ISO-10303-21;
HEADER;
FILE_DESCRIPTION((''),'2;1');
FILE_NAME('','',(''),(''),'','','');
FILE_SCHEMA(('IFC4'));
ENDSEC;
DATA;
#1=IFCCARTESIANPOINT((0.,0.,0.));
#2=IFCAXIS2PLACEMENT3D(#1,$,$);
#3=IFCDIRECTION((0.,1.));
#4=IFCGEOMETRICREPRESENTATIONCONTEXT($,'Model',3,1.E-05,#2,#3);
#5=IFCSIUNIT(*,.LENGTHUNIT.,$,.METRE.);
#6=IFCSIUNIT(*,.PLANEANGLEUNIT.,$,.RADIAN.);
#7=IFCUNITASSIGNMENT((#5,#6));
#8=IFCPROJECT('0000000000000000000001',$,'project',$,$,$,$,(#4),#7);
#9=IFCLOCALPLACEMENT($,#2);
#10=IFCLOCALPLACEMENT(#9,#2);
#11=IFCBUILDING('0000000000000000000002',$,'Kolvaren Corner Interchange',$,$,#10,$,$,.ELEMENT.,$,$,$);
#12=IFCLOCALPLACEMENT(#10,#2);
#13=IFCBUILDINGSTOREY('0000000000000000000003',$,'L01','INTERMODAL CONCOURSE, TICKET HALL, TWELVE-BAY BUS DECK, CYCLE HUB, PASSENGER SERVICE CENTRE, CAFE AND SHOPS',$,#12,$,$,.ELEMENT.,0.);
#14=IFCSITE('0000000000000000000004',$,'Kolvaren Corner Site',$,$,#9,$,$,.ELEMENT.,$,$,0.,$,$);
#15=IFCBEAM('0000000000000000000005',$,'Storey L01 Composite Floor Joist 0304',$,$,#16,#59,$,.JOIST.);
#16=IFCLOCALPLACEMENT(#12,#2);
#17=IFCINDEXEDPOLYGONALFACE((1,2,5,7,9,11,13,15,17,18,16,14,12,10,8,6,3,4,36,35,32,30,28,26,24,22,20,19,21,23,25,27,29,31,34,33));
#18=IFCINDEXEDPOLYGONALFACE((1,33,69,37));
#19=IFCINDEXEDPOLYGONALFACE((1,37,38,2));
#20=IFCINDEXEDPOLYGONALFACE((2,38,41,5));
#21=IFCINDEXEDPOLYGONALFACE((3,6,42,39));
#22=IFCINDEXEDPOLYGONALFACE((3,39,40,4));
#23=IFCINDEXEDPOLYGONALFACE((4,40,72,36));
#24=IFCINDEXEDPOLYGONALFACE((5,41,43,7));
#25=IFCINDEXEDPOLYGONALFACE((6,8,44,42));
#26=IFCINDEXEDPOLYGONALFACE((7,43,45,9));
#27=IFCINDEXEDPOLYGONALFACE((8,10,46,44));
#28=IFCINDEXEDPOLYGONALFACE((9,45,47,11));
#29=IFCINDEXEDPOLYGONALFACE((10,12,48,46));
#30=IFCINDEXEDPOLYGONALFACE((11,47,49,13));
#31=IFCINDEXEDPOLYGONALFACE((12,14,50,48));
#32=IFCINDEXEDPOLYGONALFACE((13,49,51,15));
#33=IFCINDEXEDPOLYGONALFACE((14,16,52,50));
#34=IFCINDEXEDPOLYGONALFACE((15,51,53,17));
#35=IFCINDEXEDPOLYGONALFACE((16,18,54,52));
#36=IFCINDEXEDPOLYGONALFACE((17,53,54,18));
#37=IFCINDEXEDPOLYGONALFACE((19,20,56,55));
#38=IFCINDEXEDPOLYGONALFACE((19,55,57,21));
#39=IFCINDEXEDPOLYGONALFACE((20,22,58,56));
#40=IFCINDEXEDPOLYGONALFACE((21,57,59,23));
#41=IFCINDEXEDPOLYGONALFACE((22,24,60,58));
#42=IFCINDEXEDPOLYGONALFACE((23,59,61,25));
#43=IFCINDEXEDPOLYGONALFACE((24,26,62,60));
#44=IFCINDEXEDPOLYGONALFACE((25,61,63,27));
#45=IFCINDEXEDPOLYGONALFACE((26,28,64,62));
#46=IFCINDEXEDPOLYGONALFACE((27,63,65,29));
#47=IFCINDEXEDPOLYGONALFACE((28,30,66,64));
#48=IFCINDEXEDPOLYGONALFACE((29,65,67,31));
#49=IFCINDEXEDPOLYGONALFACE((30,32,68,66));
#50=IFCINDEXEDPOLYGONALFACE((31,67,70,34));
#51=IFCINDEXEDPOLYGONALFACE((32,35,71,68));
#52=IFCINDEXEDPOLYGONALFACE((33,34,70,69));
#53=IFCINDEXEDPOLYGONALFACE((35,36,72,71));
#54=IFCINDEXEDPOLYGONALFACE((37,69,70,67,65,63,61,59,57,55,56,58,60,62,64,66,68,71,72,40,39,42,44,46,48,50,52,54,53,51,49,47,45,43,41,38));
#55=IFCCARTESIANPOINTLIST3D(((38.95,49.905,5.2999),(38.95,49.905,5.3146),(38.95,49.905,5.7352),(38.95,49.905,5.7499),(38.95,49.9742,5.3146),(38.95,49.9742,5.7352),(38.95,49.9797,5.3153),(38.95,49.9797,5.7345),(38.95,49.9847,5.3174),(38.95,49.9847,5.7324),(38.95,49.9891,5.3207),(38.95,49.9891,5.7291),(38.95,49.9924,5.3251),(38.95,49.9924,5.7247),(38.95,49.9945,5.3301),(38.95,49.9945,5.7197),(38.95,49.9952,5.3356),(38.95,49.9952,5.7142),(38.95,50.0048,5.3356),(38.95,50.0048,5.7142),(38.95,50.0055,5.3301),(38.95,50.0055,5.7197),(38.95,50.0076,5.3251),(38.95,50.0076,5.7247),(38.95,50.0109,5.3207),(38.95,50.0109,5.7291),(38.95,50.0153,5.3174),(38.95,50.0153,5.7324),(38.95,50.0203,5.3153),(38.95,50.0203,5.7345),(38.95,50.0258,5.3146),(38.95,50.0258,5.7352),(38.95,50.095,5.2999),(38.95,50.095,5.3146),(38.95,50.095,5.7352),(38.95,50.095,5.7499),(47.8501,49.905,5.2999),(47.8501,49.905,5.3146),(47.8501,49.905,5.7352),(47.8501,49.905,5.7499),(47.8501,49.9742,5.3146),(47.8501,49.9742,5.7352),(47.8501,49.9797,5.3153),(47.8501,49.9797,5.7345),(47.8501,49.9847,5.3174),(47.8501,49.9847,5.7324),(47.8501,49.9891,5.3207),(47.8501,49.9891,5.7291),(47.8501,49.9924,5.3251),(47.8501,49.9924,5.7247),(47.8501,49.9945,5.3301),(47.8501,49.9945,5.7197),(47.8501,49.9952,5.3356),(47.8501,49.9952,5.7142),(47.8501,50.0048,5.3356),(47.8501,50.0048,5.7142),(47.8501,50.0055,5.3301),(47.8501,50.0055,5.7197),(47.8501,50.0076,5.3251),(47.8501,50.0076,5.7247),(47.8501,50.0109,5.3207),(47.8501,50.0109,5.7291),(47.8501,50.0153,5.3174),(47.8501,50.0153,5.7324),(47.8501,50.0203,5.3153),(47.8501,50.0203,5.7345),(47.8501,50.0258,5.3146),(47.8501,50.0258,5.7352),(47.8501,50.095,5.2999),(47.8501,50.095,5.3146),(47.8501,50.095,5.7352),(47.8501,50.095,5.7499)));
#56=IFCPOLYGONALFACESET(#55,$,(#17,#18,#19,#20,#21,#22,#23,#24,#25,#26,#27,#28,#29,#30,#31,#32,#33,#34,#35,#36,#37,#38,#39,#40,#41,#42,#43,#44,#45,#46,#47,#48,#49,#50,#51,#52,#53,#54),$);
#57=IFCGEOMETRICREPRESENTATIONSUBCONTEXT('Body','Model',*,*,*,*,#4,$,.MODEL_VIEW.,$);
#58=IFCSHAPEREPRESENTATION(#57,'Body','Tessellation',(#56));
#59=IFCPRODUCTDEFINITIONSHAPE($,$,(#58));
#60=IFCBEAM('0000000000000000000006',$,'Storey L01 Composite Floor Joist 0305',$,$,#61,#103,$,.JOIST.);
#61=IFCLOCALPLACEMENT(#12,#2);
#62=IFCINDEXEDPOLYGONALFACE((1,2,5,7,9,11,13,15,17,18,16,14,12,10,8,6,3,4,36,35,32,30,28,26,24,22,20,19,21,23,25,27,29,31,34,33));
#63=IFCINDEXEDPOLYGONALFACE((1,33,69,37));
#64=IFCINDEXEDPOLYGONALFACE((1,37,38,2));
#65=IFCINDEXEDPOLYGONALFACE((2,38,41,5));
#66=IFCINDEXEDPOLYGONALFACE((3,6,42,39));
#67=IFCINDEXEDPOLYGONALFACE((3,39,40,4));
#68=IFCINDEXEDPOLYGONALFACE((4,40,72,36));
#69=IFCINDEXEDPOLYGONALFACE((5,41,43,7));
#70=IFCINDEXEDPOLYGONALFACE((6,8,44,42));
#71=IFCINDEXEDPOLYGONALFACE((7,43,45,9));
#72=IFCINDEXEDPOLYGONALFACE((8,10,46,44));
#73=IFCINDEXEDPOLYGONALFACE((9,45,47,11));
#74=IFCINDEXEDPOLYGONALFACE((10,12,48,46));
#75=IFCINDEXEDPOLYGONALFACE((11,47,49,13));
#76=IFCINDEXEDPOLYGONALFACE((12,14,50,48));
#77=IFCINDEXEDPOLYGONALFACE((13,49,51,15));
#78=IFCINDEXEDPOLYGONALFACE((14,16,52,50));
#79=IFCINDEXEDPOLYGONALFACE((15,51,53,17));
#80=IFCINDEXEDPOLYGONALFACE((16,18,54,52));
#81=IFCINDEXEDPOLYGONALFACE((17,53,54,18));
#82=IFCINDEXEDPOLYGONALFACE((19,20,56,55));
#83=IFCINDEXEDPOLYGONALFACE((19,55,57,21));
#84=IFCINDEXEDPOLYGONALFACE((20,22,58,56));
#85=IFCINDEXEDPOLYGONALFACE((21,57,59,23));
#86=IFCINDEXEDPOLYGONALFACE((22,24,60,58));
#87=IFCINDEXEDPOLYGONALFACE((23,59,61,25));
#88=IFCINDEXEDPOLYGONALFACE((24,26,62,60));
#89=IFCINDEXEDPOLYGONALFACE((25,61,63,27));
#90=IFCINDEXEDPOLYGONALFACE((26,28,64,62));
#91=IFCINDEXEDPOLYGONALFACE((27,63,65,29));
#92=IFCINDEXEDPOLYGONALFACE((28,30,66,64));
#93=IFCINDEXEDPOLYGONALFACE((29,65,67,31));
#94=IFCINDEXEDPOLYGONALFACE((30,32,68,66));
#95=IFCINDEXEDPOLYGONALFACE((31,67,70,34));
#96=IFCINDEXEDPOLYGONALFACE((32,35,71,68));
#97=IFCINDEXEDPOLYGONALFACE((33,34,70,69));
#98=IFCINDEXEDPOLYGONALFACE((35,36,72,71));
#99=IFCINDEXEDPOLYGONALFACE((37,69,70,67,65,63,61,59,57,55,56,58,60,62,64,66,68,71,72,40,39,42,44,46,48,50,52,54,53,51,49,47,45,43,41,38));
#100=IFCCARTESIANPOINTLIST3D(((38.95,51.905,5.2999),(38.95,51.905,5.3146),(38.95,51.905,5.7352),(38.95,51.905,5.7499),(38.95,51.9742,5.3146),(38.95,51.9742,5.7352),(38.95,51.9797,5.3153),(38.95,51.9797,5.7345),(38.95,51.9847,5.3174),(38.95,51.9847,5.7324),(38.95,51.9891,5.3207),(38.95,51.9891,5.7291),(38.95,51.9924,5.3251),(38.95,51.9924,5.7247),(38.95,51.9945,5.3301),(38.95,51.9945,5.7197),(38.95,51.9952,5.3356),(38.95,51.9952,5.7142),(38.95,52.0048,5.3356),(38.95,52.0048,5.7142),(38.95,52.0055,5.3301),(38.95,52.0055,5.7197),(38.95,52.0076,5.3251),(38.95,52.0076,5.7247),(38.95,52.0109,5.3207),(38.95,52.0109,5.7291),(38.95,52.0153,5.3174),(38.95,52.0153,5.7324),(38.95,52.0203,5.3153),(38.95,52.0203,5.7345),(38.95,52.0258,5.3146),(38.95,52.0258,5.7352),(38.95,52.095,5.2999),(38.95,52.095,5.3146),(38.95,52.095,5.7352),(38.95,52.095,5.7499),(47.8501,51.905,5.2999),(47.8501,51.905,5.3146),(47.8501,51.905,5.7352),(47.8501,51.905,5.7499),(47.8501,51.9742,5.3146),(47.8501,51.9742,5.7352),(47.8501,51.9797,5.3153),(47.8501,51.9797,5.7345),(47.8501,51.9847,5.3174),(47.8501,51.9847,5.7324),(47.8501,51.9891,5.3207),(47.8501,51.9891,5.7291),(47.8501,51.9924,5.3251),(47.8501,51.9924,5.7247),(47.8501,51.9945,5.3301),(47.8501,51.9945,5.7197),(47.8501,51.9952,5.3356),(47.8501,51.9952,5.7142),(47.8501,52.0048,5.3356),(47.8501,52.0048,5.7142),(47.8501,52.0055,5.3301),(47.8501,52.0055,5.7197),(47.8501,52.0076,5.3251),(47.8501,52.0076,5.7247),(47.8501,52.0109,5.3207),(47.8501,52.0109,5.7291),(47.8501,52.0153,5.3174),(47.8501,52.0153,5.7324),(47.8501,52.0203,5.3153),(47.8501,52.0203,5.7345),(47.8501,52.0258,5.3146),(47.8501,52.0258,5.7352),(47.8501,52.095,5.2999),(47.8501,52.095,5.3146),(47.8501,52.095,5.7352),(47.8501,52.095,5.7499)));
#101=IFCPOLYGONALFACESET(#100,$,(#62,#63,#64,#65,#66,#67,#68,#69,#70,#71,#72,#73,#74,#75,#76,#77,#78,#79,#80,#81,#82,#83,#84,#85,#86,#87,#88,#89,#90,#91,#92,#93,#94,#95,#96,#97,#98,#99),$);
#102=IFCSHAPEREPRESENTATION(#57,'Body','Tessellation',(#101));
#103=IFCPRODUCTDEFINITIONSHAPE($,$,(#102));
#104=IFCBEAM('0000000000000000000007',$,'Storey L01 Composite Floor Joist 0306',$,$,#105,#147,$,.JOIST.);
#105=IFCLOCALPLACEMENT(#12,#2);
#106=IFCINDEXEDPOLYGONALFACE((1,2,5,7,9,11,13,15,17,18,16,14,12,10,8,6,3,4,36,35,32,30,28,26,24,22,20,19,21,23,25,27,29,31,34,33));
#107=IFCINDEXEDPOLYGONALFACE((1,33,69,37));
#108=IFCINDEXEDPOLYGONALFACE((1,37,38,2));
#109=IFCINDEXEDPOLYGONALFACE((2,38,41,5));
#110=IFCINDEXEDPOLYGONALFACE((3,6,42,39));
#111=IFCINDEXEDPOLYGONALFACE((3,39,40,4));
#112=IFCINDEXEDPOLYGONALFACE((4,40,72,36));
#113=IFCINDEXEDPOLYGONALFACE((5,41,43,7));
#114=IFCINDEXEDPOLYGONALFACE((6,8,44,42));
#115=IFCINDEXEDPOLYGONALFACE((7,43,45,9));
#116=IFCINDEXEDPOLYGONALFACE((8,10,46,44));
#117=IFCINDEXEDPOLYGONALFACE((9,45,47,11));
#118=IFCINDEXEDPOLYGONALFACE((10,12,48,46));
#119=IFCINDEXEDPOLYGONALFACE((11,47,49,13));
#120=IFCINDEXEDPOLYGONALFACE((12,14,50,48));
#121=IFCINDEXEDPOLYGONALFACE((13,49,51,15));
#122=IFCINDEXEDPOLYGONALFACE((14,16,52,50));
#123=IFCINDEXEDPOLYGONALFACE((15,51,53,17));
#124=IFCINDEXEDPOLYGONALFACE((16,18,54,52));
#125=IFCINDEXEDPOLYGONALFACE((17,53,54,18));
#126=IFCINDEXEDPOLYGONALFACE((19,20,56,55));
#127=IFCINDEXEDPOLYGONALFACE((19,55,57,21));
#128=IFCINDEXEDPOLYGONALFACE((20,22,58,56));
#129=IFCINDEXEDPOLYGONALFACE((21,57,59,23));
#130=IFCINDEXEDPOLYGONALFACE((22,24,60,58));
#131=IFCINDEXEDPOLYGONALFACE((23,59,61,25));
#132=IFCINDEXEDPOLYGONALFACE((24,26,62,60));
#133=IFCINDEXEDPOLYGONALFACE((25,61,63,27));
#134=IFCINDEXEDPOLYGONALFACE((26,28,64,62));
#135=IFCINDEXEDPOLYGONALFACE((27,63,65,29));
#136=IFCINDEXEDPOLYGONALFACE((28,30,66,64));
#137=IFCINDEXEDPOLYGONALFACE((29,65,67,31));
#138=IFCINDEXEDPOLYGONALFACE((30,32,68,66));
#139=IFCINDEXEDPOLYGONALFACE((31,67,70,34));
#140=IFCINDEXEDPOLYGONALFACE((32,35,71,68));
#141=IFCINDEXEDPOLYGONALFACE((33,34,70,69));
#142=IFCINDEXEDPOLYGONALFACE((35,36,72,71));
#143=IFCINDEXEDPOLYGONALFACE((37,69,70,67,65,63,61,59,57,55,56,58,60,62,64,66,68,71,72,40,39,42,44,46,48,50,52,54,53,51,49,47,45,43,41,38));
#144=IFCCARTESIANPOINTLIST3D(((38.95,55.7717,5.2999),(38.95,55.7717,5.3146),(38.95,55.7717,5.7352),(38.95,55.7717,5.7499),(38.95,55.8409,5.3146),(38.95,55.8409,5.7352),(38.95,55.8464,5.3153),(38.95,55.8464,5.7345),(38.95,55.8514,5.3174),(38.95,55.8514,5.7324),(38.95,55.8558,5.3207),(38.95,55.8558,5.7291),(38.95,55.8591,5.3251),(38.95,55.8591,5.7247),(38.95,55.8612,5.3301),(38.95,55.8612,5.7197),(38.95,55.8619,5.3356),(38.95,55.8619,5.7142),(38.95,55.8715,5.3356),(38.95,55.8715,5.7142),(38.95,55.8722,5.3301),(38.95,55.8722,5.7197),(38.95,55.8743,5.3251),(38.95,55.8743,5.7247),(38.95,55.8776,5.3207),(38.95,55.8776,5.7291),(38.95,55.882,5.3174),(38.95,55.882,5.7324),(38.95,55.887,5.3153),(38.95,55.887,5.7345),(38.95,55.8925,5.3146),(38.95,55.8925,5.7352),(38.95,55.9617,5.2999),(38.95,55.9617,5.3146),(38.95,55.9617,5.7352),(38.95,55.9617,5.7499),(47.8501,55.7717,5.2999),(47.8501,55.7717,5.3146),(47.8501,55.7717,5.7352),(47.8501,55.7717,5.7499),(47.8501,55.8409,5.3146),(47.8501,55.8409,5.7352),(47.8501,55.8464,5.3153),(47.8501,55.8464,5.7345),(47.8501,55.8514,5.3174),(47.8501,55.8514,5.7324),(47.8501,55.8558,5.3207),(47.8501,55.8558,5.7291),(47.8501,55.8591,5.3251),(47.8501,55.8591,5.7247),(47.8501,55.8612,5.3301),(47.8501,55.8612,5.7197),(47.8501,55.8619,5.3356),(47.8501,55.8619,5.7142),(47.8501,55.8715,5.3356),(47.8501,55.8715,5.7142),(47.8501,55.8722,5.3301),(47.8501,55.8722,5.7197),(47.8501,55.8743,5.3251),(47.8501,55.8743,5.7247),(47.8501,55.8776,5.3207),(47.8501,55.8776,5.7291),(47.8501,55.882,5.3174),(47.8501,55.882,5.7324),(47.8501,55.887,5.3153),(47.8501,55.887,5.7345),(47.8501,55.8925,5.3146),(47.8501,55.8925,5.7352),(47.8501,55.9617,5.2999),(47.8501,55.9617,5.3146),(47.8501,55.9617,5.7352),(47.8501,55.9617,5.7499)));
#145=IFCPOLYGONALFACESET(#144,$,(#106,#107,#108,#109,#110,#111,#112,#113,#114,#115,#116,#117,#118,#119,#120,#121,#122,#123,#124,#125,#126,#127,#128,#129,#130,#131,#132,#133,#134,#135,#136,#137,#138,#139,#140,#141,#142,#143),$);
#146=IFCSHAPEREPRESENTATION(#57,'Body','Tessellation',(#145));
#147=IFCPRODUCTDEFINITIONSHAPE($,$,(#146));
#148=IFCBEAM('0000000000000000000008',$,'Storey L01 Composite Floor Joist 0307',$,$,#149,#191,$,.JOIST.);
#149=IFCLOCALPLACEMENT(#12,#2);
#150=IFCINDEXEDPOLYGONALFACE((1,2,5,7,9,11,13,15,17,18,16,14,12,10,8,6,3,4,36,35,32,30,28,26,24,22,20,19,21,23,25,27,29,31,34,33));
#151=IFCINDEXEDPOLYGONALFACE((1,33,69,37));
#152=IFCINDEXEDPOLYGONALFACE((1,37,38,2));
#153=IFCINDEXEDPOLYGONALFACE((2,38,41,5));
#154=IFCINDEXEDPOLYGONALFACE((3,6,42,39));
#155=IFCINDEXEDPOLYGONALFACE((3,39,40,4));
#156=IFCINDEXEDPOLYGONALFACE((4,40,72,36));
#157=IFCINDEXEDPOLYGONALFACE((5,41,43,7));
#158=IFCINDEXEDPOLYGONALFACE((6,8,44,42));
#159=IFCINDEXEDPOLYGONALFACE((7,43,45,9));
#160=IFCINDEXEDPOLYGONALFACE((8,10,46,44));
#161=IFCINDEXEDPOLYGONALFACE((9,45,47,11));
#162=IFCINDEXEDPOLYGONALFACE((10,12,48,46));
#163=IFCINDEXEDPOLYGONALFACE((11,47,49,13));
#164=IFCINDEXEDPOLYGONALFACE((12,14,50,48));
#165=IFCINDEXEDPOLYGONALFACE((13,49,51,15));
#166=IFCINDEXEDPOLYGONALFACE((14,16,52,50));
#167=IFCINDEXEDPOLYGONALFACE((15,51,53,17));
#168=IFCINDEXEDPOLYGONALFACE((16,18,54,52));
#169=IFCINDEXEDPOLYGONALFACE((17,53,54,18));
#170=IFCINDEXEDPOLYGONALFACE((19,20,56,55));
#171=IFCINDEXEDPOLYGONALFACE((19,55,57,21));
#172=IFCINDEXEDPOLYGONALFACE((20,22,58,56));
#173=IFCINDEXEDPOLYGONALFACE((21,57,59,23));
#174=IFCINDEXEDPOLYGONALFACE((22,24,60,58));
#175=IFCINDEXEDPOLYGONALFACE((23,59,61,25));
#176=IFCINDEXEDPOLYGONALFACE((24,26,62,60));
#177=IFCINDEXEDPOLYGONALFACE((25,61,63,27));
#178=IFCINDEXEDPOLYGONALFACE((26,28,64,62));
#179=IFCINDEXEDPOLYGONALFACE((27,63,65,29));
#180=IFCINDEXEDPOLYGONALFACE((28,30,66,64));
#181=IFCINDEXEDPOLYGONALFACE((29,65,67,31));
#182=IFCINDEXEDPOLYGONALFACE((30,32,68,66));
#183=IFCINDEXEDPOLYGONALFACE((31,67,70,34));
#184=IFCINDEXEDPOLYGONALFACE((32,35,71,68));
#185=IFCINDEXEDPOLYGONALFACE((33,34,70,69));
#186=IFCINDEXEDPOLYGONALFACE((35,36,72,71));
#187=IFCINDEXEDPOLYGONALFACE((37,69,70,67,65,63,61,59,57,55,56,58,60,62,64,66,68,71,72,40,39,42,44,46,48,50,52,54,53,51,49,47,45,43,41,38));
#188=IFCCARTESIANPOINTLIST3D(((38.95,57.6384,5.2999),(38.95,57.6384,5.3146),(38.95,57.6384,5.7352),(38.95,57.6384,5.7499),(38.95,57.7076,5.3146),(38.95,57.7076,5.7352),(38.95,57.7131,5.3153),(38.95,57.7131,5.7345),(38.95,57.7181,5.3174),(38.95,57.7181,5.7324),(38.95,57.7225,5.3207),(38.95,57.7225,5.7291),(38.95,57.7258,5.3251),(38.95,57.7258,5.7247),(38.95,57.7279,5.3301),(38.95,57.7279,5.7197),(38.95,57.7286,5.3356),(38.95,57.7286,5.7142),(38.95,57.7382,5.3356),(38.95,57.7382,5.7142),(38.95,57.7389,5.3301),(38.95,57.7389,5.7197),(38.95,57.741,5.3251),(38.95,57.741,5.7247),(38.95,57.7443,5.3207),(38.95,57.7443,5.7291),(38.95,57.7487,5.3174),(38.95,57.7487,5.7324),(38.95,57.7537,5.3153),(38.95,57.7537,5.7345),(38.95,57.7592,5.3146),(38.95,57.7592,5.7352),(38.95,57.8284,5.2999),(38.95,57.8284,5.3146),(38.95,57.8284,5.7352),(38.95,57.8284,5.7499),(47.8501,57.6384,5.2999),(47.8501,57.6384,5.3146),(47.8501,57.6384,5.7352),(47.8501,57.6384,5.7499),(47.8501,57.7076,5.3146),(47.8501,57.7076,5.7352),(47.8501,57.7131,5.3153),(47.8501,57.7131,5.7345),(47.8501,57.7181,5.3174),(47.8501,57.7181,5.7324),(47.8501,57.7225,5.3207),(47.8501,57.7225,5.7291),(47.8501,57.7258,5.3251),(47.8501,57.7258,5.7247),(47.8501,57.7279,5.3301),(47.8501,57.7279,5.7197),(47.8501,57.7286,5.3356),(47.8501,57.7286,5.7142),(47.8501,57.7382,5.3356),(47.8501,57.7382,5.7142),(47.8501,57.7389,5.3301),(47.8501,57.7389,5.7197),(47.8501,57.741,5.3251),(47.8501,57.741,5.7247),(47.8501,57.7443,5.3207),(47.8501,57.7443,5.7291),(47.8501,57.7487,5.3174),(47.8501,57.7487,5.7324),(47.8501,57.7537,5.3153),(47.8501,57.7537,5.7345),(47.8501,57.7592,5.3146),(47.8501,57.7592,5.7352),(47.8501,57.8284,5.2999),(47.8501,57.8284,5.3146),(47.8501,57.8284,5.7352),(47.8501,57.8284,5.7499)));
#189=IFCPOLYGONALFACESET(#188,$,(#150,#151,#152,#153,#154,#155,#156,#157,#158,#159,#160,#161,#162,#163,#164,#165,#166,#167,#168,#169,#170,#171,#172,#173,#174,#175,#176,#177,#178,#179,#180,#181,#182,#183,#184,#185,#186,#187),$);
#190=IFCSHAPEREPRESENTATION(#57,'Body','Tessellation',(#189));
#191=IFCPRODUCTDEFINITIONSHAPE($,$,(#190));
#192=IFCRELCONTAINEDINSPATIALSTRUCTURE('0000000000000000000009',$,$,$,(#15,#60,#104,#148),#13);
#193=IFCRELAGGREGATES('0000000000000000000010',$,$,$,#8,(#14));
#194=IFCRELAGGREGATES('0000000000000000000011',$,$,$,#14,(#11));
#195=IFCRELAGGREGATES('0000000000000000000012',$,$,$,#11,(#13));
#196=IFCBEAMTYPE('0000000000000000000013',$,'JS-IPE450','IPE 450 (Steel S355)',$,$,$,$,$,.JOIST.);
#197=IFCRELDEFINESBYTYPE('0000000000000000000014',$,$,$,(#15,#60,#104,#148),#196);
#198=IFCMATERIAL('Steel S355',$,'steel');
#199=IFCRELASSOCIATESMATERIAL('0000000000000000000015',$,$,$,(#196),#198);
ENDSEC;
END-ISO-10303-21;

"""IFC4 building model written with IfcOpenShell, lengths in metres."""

from ifc_helpers import new_model, si_unit, direction, frame, origin, origin_2d, place, context, subcontext, project, spatial, i_section, extrude, material, material_profile, profile_set, type_object, element, save


model = new_model("IFC4")

# Units and contexts
model_context = context("Model", 3, precision=1e-05, world=origin(), true_north=direction((0.0, 1.0)))
body_context = subcontext(model_context, "Body", "Model", "MODEL_VIEW")
ifc_project = project(units=[si_unit("LENGTHUNIT", "METRE"), si_unit("PLANEANGLEUNIT", "RADIAN")], contexts=[model_context])

# Site, building, storey
site_placement = place(None, origin())
site = spatial("IfcSite", under=ifc_project, at=site_placement, Name="Kolvaren Corner Site", CompositionType="ELEMENT", RefElevation=0.0)
building_placement = place(site_placement, origin())
building = spatial("IfcBuilding", under=site, at=building_placement, Name="Kolvaren Corner Interchange", CompositionType="ELEMENT")
storey_placement = place(building_placement, origin())
storey = spatial("IfcBuildingStorey", under=building, at=storey_placement, Name="L01", Description="INTERMODAL CONCOURSE, TICKET HALL, TWELVE-BAY BUS DECK, CYCLE HUB, PASSENGER SERVICE CENTRE, CAFE AND SHOPS", CompositionType="ELEMENT", Elevation=0.0)

# Beams
ifc_material_1 = material(Name="Steel S355", Category="steel")
ifc_material_profile_1 = material_profile(ifc_material_1, i_section(OverallWidth=0.1899, OverallDepth=0.45, WebThickness=0.0095, FlangeThickness=0.0146, FilletRadius=0.021, at=origin_2d()), Name="IPE 450")
ifc_profile_set_1 = profile_set([ifc_material_profile_1], Name="Steel S355")
beam_type_1 = type_object("IfcBeamType", Name="JS-IPE450", Description="IPE 450 (Steel S355)", PredefinedType="JOIST", material=ifc_profile_set_1)
for number, where, z_axis, x_axis, name in (
    (1, (38.95, 50.0, 5.5249), (1.0, 0.0, 0.0), (0.0, 1.0, 0.0), "Storey L01 Composite Floor Joist 0304"),
    (2, (38.95, 52.0, 5.5249), (1.0, 0.0, 0.0), (0.0, 1.0, 0.0), "Storey L01 Composite Floor Joist 0305"),
    (3, (38.95, 55.8667, 5.5249), (1.0, 0.0, 0.0), (0.0, 1.0, 0.0), "Storey L01 Composite Floor Joist 0306"),
    (4, (38.95, 57.7334, 5.5249), (1.0, 0.0, 0.0), (0.0, 1.0, 0.0), "Storey L01 Composite Floor Joist 0307"),
):
    element("IfcBeam", number, at=place(storey_placement, frame(where, z_axis=z_axis, x_axis=x_axis)), inside=storey, type_object=beam_type_1, Name=name, PredefinedType="JOIST", context=body_context, shape_type="SweptSolid", body=[
        extrude(i_section(OverallWidth=0.1899, OverallDepth=0.45, WebThickness=0.0095, FlangeThickness=0.0146, FilletRadius=0.021, at=origin_2d()), origin(), (0.0, 0.0, 1.0), 8.9001),
    ])

save(model, "model.ifc")
